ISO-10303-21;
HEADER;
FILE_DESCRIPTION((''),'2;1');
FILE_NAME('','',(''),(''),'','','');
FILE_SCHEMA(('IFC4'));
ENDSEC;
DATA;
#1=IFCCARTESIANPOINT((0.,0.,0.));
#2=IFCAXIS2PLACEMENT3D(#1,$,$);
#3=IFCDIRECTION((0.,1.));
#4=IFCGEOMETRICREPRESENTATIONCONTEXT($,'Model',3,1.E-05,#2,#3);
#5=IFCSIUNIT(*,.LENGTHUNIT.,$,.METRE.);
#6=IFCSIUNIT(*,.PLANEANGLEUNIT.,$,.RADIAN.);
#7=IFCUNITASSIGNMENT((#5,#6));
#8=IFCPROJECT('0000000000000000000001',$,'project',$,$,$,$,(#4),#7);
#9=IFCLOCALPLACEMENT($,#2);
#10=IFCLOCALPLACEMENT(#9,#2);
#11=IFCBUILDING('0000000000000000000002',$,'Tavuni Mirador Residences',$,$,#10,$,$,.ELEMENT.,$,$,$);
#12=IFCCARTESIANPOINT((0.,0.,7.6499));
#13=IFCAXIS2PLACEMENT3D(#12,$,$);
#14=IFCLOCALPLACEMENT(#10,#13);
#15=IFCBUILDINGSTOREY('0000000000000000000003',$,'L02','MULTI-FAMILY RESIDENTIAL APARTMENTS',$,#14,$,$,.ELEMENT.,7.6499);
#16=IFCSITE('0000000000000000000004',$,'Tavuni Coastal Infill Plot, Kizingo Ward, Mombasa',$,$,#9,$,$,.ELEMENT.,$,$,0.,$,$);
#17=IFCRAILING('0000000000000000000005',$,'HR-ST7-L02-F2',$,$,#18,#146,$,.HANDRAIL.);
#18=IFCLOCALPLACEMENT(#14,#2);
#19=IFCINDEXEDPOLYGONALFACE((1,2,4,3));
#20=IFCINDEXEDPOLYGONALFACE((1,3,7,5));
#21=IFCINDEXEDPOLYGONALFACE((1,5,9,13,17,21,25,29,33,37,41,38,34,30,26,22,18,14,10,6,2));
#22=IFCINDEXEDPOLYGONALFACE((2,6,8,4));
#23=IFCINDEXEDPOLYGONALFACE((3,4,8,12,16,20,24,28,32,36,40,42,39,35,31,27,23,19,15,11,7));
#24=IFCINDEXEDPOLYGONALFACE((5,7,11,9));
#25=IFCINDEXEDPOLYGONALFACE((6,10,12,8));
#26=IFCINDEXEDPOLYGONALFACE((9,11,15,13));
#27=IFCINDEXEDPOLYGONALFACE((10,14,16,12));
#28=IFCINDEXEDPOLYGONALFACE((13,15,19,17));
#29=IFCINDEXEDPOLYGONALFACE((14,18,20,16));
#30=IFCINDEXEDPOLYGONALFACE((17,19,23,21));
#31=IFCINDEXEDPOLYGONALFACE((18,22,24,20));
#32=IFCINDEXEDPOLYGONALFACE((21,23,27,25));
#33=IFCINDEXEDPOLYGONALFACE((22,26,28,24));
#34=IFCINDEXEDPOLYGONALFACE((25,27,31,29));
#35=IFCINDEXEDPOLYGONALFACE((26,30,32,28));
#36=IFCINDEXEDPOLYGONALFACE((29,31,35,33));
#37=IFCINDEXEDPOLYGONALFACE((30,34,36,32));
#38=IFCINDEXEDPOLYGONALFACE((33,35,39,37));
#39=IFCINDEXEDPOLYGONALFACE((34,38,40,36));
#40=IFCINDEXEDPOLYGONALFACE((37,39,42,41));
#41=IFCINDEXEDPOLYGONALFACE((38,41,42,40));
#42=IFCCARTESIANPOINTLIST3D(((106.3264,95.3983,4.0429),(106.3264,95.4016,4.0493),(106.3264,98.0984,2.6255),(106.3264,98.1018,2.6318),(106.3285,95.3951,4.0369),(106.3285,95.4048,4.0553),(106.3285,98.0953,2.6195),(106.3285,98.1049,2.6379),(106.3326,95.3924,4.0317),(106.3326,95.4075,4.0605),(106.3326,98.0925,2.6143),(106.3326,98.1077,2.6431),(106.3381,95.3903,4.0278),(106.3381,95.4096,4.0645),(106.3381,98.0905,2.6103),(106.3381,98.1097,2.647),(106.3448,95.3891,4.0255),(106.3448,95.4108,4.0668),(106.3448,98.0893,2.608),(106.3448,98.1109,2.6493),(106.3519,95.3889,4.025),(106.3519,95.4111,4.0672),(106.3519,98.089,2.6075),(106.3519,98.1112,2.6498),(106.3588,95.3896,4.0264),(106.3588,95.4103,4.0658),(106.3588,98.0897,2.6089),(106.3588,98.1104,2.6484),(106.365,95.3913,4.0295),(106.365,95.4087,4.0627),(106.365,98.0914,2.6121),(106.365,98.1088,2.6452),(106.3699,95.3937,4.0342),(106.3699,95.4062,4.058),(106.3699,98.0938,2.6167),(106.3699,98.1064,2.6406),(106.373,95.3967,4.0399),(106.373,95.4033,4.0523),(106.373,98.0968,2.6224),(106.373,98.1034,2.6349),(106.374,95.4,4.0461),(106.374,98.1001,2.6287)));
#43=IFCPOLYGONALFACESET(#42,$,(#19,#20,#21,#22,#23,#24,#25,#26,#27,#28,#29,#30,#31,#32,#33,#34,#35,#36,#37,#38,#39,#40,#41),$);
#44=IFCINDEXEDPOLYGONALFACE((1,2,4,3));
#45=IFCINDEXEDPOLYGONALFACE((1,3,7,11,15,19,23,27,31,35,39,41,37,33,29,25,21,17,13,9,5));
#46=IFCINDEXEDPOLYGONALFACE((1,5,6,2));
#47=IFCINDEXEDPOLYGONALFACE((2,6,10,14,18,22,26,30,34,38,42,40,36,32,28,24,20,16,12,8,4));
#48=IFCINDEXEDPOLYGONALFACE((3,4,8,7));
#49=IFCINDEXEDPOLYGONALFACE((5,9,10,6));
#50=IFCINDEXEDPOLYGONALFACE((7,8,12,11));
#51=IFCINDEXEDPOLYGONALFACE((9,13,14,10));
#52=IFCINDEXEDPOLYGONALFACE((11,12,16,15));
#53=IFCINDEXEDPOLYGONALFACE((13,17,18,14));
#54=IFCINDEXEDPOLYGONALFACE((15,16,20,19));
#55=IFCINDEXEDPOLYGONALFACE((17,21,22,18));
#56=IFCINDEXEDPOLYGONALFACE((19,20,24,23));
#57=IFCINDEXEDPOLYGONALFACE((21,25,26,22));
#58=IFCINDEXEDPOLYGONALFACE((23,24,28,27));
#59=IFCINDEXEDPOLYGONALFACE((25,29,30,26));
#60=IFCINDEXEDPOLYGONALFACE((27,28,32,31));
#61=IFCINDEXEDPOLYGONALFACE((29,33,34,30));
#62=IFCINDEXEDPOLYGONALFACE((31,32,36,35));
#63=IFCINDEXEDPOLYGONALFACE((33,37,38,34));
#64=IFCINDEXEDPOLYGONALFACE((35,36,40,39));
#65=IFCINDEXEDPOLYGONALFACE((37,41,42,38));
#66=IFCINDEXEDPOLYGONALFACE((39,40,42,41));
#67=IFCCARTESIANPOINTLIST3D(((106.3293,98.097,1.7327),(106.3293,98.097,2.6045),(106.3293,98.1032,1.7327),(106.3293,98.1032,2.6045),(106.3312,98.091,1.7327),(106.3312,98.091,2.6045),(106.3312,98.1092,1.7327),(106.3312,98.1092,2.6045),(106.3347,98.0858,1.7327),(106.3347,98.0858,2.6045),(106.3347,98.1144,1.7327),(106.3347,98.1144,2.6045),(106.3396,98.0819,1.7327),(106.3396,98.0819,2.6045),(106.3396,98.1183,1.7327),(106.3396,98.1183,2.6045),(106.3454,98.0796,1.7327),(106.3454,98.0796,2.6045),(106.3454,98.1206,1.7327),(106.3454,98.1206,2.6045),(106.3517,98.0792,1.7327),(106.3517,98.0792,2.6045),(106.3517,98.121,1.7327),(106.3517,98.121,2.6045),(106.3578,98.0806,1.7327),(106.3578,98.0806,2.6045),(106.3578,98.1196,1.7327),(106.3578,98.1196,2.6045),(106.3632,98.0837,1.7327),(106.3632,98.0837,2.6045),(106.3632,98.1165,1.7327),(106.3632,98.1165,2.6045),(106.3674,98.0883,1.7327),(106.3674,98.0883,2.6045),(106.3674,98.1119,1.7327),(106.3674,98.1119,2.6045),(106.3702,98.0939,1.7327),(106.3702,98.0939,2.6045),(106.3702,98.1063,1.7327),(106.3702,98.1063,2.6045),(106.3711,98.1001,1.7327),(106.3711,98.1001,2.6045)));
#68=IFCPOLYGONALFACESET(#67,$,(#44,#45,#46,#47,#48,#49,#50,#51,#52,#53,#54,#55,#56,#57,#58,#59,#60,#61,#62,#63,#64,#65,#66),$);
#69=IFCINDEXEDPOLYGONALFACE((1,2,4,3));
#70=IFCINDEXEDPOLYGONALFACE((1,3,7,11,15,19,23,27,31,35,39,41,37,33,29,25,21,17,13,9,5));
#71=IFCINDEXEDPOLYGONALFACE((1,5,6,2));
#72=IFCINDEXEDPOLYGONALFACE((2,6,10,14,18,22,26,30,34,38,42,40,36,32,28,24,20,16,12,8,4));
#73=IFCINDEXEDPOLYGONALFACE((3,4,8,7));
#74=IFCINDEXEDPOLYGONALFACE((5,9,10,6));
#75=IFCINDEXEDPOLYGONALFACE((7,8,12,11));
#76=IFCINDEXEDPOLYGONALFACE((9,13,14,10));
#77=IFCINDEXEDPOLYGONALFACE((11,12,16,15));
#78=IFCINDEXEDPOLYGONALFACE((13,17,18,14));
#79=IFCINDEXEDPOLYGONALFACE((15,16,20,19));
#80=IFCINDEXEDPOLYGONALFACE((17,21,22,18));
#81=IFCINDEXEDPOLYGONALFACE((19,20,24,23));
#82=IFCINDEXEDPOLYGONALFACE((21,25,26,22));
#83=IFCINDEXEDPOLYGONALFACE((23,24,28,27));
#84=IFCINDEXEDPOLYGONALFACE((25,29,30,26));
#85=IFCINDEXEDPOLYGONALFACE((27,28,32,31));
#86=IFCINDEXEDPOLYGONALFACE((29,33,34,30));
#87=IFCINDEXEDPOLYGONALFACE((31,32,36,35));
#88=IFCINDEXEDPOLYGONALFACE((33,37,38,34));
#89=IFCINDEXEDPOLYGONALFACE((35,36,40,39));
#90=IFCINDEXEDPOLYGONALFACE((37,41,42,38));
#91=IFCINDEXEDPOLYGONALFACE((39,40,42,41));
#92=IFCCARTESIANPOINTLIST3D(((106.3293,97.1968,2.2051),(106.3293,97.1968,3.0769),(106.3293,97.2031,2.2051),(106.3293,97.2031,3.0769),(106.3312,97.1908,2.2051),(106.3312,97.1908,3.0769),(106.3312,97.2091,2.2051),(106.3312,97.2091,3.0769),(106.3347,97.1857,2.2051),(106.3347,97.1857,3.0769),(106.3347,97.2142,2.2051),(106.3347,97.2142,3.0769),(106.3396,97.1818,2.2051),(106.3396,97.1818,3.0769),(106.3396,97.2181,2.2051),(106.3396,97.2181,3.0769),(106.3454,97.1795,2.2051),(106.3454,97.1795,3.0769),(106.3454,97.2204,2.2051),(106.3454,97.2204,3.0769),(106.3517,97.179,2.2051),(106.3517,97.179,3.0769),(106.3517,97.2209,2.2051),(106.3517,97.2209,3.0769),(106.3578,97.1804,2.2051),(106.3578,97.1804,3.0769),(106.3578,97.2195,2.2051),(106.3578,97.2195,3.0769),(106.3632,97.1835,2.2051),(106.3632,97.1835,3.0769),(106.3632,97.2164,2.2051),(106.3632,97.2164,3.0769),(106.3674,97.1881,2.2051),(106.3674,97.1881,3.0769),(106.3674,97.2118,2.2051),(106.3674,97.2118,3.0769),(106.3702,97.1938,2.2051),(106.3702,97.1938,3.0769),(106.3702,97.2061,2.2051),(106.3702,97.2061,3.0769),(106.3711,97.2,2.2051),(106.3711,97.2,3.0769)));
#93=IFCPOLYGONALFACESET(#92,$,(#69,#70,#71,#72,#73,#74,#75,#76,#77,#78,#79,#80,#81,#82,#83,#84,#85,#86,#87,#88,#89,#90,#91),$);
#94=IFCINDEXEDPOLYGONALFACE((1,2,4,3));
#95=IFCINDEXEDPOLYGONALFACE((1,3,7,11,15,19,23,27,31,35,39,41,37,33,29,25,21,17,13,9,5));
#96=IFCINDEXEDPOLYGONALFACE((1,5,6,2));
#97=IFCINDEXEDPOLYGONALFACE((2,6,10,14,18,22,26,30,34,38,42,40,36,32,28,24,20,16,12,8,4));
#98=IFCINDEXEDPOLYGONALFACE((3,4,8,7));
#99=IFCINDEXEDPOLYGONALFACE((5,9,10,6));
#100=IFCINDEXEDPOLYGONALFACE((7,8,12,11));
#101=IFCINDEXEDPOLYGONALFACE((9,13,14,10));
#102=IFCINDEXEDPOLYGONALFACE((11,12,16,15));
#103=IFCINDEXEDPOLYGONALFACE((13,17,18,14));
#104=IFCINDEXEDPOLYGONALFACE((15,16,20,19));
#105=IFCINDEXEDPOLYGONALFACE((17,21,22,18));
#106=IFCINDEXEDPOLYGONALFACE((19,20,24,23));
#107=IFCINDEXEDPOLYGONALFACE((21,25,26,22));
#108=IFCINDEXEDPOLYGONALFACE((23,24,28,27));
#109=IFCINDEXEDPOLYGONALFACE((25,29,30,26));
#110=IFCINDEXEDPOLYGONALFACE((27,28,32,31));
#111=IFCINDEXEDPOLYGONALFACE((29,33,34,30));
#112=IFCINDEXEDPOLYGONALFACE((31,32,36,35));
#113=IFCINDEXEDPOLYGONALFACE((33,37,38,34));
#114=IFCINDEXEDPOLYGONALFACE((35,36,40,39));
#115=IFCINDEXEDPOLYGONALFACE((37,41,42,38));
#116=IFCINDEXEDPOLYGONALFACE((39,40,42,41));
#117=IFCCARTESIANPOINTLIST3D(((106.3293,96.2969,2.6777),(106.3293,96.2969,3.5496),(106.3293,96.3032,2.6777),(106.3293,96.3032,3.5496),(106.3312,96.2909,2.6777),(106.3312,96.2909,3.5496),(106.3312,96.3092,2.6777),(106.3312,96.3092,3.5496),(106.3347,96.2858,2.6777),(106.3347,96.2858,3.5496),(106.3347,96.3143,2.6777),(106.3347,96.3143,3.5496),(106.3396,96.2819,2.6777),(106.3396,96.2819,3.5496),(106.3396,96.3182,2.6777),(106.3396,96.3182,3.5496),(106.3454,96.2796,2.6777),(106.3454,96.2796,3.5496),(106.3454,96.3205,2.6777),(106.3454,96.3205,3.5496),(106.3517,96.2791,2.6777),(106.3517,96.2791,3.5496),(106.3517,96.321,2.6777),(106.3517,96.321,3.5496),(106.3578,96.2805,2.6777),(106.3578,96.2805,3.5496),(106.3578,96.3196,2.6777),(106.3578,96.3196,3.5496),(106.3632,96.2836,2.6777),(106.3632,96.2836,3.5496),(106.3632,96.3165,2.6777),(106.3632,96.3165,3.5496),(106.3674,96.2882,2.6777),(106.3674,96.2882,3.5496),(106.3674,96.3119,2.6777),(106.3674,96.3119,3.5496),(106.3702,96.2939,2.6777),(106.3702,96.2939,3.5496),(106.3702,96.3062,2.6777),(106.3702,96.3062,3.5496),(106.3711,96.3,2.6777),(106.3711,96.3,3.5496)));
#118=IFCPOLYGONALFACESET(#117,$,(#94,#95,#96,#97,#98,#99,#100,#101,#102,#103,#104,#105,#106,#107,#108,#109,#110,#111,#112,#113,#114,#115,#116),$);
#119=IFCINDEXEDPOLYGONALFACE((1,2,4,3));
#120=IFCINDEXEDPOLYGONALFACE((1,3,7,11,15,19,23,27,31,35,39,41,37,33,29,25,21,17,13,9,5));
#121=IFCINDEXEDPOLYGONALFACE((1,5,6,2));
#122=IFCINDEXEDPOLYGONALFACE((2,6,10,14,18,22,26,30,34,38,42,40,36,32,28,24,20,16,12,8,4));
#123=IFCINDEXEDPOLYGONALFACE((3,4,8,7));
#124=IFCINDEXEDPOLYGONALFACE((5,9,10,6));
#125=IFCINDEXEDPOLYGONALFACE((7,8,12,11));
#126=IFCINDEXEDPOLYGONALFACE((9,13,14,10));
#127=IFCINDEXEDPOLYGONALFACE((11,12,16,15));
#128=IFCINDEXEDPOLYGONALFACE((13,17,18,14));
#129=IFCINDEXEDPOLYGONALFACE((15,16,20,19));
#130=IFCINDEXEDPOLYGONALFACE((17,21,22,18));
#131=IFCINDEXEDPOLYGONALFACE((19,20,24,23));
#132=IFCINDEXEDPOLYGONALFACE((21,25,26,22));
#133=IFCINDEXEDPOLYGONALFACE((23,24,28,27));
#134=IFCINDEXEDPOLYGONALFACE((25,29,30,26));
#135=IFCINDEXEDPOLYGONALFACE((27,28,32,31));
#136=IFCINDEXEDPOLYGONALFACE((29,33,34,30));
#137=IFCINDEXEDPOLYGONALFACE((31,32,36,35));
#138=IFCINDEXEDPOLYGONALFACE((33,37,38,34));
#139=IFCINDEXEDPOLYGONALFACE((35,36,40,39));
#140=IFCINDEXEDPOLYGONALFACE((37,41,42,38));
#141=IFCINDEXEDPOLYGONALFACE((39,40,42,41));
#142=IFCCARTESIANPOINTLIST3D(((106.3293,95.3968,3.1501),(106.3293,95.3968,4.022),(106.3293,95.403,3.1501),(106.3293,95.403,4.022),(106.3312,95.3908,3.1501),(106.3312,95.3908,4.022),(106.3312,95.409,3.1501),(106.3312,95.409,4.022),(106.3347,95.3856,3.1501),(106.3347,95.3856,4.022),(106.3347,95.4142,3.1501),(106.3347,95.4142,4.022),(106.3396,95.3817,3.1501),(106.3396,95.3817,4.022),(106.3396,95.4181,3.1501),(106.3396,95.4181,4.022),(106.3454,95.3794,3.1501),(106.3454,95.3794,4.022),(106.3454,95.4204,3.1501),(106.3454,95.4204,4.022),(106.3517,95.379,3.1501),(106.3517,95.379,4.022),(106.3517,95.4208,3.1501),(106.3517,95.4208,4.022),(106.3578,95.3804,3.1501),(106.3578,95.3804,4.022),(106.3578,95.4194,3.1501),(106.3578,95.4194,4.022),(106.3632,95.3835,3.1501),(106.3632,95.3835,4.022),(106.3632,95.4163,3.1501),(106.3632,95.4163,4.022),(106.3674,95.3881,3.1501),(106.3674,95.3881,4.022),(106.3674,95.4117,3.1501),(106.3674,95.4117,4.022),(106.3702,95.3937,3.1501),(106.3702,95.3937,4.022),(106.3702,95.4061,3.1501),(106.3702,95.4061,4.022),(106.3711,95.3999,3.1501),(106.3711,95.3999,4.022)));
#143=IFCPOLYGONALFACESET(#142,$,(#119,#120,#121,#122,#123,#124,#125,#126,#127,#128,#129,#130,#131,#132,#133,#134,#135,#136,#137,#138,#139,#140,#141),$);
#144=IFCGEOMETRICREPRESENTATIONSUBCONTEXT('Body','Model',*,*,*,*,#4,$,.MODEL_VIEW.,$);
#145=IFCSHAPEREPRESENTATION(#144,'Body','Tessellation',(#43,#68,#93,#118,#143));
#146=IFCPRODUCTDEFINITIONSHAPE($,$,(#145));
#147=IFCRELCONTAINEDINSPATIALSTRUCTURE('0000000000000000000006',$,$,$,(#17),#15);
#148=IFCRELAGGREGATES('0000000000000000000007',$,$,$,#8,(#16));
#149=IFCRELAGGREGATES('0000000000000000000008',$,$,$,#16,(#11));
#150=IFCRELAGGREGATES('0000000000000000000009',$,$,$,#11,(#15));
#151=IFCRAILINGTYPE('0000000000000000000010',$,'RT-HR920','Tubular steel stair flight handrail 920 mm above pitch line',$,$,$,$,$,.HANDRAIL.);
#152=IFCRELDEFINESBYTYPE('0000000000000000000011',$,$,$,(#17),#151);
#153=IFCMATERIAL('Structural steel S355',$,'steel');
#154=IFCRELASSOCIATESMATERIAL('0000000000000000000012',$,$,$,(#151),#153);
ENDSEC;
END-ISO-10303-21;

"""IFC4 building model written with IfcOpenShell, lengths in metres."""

from ifc_helpers import new_model, si_unit, direction, frame, origin, origin_2d, place, context, subcontext, project, spatial, circle, extrude, material, type_object, element, save


model = new_model("IFC4")

# Units and contexts
model_context = context("Model", 3, precision=1e-05, world=origin(), true_north=direction((0.0, 1.0)))
body_context = subcontext(model_context, "Body", "Model", "MODEL_VIEW")
ifc_project = project(units=[si_unit("LENGTHUNIT", "METRE"), si_unit("PLANEANGLEUNIT", "RADIAN")], contexts=[model_context])

# Site, building, storey
site_placement = place(None, origin())
site = spatial("IfcSite", under=ifc_project, at=site_placement, Name="Tavuni Coastal Infill Plot, Kizingo Ward, Mombasa", CompositionType="ELEMENT", RefElevation=0.0)
building_placement = place(site_placement, origin())
building = spatial("IfcBuilding", under=site, at=building_placement, Name="Tavuni Mirador Residences", CompositionType="ELEMENT")
storey_placement = place(building_placement, frame((0.0, 0.0, 7.6499)))
storey = spatial("IfcBuildingStorey", under=building, at=storey_placement, Name="L02", Description="MULTI-FAMILY RESIDENTIAL APARTMENTS", CompositionType="ELEMENT", Elevation=7.6499)

# Shared definitions
ifc_material_1 = material(Name="Structural steel S355", Category="steel")

# Railing
railing_type_1 = type_object("IfcRailingType", Name="RT-HR920", Description="Tubular steel stair flight handrail 920 mm above pitch line", PredefinedType="HANDRAIL", material=ifc_material_1)
railing_1_placement = place(storey_placement, frame((106.3501, 98.1001, 1.7327)))
element("IfcRailing", 1, at=railing_1_placement, inside=storey, type_object=railing_type_1, Name="HR-ST7-L02-F2", PredefinedType="HANDRAIL", context=body_context, shape_type="SweptSolid", body=[
    extrude(circle(Radius=0.0239, at=origin_2d()), frame((0.0, 0.0, 0.896), z_axis=(0.0, -0.885414, 0.464803), x_axis=(1.0, 0.0, 0.0)), (0.0, 0.0, 1.0), 3.0496),
    extrude(circle(Radius=0.021, at=origin_2d()), origin(), (0.0, 0.0, 1.0), 0.8718),
    extrude(circle(Radius=0.021, at=origin_2d()), frame((0.0, -0.9001, 0.4724)), (0.0, 0.0, 1.0), 0.8718),
    extrude(circle(Radius=0.021, at=origin_2d()), frame((0.0, -1.8, 0.9451)), (0.0, 0.0, 1.0), 0.8718),
    extrude(circle(Radius=0.021, at=origin_2d()), frame((0.0, -2.7002, 1.4175)), (0.0, 0.0, 1.0), 0.8718),
])

save(model, "model.ifc")
